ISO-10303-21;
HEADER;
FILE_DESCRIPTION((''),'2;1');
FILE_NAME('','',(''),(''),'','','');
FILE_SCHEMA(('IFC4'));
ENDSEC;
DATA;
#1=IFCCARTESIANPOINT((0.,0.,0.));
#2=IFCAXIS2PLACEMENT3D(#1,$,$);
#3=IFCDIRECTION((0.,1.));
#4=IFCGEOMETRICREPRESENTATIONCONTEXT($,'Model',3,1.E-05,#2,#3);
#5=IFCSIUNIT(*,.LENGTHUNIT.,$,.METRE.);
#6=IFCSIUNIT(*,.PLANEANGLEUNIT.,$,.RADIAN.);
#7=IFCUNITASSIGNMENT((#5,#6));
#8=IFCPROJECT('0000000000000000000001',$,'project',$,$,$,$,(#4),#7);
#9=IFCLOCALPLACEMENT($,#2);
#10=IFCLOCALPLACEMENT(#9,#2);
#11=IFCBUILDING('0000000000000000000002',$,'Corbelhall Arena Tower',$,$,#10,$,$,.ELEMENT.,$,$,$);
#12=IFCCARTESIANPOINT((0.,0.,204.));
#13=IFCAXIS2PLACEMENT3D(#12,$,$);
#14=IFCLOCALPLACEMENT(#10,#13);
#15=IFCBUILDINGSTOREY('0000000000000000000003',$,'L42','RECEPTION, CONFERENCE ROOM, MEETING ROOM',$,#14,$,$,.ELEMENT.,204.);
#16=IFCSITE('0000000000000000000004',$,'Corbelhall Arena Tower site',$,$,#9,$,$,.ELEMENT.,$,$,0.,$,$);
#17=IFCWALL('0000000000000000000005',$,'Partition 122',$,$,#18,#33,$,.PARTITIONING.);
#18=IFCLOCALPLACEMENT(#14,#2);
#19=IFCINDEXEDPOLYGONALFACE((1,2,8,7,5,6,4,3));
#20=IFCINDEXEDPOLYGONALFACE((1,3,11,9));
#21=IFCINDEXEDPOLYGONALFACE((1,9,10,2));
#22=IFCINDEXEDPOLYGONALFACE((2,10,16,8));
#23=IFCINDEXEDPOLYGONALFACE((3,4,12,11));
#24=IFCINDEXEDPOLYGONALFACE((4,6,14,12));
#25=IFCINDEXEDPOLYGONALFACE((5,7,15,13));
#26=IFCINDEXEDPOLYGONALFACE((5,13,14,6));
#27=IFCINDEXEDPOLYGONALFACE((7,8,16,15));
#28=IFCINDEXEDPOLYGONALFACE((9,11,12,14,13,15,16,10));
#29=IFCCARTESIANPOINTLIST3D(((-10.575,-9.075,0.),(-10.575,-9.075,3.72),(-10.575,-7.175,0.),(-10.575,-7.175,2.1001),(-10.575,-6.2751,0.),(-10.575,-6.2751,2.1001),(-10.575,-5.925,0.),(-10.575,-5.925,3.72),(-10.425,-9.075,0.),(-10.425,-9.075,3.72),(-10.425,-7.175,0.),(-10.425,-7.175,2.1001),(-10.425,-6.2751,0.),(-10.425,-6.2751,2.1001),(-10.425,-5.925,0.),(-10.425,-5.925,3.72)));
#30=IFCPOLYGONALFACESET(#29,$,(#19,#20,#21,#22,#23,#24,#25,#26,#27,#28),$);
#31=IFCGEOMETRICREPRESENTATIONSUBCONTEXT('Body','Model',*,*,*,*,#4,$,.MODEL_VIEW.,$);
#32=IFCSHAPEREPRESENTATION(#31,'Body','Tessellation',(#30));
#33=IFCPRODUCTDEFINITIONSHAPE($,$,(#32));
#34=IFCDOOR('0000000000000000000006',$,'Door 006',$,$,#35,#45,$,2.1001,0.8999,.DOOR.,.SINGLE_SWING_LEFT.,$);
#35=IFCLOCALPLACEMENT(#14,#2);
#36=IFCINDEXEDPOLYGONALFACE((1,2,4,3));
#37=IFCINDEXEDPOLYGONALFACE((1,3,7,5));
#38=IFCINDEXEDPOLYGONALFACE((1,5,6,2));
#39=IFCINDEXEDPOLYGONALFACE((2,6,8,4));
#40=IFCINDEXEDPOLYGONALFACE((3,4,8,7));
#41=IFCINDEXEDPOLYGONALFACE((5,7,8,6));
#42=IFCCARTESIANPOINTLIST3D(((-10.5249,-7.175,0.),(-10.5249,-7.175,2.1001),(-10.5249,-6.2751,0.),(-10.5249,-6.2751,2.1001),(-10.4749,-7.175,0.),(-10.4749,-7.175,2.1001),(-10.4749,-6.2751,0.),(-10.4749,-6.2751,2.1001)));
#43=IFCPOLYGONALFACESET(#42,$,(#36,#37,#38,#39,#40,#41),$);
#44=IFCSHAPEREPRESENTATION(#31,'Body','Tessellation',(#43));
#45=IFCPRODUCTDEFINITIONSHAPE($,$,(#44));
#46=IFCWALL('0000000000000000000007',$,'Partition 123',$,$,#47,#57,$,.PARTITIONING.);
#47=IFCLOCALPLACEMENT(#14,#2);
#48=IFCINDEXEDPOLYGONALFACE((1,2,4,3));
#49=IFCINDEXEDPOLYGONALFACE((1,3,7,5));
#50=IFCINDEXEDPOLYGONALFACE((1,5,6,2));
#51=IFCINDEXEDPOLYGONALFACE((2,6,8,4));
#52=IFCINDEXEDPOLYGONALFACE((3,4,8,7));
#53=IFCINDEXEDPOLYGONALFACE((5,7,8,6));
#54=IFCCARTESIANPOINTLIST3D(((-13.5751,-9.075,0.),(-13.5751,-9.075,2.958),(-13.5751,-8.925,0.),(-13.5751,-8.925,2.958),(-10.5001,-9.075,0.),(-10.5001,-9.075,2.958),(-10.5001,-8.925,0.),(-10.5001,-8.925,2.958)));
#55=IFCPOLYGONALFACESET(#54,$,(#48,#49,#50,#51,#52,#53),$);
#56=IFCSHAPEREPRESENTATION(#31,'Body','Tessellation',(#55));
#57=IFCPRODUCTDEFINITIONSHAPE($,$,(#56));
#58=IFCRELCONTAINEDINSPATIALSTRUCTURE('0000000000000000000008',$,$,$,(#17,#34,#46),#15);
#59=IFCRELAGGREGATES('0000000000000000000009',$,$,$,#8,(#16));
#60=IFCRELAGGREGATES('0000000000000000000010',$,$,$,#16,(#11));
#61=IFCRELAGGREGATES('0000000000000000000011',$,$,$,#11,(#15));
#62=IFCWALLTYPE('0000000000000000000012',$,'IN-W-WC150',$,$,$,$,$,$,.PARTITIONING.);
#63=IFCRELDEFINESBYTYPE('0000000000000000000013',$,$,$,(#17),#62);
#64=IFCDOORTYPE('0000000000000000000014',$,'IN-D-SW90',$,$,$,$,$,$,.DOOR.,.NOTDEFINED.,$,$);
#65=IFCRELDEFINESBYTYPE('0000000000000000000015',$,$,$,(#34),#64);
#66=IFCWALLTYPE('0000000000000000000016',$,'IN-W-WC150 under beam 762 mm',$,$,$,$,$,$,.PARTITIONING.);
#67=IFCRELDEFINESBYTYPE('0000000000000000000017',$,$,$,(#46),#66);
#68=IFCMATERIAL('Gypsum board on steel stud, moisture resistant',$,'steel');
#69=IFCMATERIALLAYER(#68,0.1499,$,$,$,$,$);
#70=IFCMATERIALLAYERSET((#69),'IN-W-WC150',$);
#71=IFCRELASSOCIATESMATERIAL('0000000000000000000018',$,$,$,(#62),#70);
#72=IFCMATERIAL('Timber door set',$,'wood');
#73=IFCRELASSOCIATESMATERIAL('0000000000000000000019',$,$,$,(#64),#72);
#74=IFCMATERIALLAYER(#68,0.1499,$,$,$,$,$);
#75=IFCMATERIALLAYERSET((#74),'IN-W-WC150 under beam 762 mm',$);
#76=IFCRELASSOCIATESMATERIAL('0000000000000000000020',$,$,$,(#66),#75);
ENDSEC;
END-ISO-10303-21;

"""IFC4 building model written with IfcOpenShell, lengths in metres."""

from ifc_helpers import new_model, si_unit, direction, frame, frame_2d, origin, place, context, subcontext, project, spatial, rectangle, extrude, material, layer, layer_set, type_object, element, fill, save


model = new_model("IFC4")

# Units and contexts
model_context = context("Model", 3, precision=1e-05, world=origin(), true_north=direction((0.0, 1.0)))
body_context = subcontext(model_context, "Body", "Model", "MODEL_VIEW")
ifc_project = project(units=[si_unit("LENGTHUNIT", "METRE"), si_unit("PLANEANGLEUNIT", "RADIAN")], contexts=[model_context])

# Site, building, storey
site_placement = place(None, origin())
site = spatial("IfcSite", under=ifc_project, at=site_placement, Name="Corbelhall Arena Tower site", CompositionType="ELEMENT", RefElevation=0.0)
building_placement = place(site_placement, origin())
building = spatial("IfcBuilding", under=site, at=building_placement, Name="Corbelhall Arena Tower", CompositionType="ELEMENT")
storey_placement = place(building_placement, frame((0.0, 0.0, 204.0)))
storey = spatial("IfcBuildingStorey", under=building, at=storey_placement, Name="L42", Description="RECEPTION, CONFERENCE ROOM, MEETING ROOM", CompositionType="ELEMENT", Elevation=204.0)

# Shared definitions
ifc_material_1 = material(Name="Gypsum board on steel stud, moisture resistant", Category="steel")
ifc_layer_1 = layer(ifc_material_1, 0.1499)
ifc_layer_set_1 = layer_set([ifc_layer_1], Name="IN-W-WC150")
wall_type_1 = type_object("IfcWallType", Name="IN-W-WC150", PredefinedType="PARTITIONING", material=ifc_layer_set_1)

# Wall, opening, door
wall_1_placement = place(storey_placement, frame((-10.5, -9.075, 0.0), z_axis=(0.0, 0.0, 1.0), x_axis=(0.0, 1.0, 0.0)))
wall_1 = element("IfcWall", 1, at=wall_1_placement, inside=storey, type_object=wall_type_1, Name="Partition 122", PredefinedType="PARTITIONING", context=body_context, shape_type="SweptSolid", body=[
    extrude(rectangle(XDim=3.1499, YDim=0.1499, at=frame_2d((1.575, 0.0))), origin(), (0.0, 0.0, 1.0), 3.72),
])
opening_1_placement = place(wall_1_placement, frame((1.8999, 0.0, 0.0)))
opening_1 = element("IfcOpeningElement", 2, at=opening_1_placement, cuts=wall_1, PredefinedType="OPENING", context=body_context, shape_type="SweptSolid", body=[
    extrude(rectangle(XDim=0.8999, YDim=2.1001, at=frame_2d((0.45, 1.05))), frame((0.0, 0.075, 0.0), z_axis=(0.0, -1.0, 0.0), x_axis=(1.0, 0.0, 0.0)), (0.0, 0.0, 1.0), 0.1499),
])
ifc_material_2 = material(Name="Timber door set", Category="wood")
door_type_1 = type_object("IfcDoorType", Name="IN-D-SW90", OperationType="NOTDEFINED", PredefinedType="DOOR", material=ifc_material_2)
door_1_placement = place(opening_1_placement, origin())
door_1 = element("IfcDoor", 3, at=door_1_placement, inside=storey, type_object=door_type_1, Name="Door 006", OperationType="SINGLE_SWING_LEFT", OverallHeight=2.1001, OverallWidth=0.8999, PredefinedType="DOOR", context=body_context, shape_type="SweptSolid", body=[
    extrude(rectangle(XDim=0.8999, YDim=2.1001, at=frame_2d((0.45, 1.05))), frame((0.0, 0.0249, 0.0), z_axis=(0.0, -1.0, 0.0), x_axis=(1.0, 0.0, 0.0)), (0.0, 0.0, 1.0), 0.05),
])
fill(opening_1, door_1)

# Wall
ifc_layer_2 = layer(ifc_material_1, 0.1499)
ifc_layer_set_2 = layer_set([ifc_layer_2], Name="IN-W-WC150 under beam 762 mm")
wall_type_2 = type_object("IfcWallType", Name="IN-W-WC150 under beam 762 mm", PredefinedType="PARTITIONING", material=ifc_layer_set_2)
wall_2_placement = place(storey_placement, frame((-10.5, -9.0, 0.0), z_axis=(0.0, 0.0, 1.0), x_axis=(-1.0, 0.0, 0.0)))
element("IfcWall", 4, at=wall_2_placement, inside=storey, type_object=wall_type_2, Name="Partition 123", PredefinedType="PARTITIONING", context=body_context, shape_type="SweptSolid", body=[
    extrude(rectangle(XDim=3.075, YDim=0.1499, at=frame_2d((1.5376, 0.0))), origin(), (0.0, 0.0, 1.0), 2.958),
])

save(model, "model.ifc")
